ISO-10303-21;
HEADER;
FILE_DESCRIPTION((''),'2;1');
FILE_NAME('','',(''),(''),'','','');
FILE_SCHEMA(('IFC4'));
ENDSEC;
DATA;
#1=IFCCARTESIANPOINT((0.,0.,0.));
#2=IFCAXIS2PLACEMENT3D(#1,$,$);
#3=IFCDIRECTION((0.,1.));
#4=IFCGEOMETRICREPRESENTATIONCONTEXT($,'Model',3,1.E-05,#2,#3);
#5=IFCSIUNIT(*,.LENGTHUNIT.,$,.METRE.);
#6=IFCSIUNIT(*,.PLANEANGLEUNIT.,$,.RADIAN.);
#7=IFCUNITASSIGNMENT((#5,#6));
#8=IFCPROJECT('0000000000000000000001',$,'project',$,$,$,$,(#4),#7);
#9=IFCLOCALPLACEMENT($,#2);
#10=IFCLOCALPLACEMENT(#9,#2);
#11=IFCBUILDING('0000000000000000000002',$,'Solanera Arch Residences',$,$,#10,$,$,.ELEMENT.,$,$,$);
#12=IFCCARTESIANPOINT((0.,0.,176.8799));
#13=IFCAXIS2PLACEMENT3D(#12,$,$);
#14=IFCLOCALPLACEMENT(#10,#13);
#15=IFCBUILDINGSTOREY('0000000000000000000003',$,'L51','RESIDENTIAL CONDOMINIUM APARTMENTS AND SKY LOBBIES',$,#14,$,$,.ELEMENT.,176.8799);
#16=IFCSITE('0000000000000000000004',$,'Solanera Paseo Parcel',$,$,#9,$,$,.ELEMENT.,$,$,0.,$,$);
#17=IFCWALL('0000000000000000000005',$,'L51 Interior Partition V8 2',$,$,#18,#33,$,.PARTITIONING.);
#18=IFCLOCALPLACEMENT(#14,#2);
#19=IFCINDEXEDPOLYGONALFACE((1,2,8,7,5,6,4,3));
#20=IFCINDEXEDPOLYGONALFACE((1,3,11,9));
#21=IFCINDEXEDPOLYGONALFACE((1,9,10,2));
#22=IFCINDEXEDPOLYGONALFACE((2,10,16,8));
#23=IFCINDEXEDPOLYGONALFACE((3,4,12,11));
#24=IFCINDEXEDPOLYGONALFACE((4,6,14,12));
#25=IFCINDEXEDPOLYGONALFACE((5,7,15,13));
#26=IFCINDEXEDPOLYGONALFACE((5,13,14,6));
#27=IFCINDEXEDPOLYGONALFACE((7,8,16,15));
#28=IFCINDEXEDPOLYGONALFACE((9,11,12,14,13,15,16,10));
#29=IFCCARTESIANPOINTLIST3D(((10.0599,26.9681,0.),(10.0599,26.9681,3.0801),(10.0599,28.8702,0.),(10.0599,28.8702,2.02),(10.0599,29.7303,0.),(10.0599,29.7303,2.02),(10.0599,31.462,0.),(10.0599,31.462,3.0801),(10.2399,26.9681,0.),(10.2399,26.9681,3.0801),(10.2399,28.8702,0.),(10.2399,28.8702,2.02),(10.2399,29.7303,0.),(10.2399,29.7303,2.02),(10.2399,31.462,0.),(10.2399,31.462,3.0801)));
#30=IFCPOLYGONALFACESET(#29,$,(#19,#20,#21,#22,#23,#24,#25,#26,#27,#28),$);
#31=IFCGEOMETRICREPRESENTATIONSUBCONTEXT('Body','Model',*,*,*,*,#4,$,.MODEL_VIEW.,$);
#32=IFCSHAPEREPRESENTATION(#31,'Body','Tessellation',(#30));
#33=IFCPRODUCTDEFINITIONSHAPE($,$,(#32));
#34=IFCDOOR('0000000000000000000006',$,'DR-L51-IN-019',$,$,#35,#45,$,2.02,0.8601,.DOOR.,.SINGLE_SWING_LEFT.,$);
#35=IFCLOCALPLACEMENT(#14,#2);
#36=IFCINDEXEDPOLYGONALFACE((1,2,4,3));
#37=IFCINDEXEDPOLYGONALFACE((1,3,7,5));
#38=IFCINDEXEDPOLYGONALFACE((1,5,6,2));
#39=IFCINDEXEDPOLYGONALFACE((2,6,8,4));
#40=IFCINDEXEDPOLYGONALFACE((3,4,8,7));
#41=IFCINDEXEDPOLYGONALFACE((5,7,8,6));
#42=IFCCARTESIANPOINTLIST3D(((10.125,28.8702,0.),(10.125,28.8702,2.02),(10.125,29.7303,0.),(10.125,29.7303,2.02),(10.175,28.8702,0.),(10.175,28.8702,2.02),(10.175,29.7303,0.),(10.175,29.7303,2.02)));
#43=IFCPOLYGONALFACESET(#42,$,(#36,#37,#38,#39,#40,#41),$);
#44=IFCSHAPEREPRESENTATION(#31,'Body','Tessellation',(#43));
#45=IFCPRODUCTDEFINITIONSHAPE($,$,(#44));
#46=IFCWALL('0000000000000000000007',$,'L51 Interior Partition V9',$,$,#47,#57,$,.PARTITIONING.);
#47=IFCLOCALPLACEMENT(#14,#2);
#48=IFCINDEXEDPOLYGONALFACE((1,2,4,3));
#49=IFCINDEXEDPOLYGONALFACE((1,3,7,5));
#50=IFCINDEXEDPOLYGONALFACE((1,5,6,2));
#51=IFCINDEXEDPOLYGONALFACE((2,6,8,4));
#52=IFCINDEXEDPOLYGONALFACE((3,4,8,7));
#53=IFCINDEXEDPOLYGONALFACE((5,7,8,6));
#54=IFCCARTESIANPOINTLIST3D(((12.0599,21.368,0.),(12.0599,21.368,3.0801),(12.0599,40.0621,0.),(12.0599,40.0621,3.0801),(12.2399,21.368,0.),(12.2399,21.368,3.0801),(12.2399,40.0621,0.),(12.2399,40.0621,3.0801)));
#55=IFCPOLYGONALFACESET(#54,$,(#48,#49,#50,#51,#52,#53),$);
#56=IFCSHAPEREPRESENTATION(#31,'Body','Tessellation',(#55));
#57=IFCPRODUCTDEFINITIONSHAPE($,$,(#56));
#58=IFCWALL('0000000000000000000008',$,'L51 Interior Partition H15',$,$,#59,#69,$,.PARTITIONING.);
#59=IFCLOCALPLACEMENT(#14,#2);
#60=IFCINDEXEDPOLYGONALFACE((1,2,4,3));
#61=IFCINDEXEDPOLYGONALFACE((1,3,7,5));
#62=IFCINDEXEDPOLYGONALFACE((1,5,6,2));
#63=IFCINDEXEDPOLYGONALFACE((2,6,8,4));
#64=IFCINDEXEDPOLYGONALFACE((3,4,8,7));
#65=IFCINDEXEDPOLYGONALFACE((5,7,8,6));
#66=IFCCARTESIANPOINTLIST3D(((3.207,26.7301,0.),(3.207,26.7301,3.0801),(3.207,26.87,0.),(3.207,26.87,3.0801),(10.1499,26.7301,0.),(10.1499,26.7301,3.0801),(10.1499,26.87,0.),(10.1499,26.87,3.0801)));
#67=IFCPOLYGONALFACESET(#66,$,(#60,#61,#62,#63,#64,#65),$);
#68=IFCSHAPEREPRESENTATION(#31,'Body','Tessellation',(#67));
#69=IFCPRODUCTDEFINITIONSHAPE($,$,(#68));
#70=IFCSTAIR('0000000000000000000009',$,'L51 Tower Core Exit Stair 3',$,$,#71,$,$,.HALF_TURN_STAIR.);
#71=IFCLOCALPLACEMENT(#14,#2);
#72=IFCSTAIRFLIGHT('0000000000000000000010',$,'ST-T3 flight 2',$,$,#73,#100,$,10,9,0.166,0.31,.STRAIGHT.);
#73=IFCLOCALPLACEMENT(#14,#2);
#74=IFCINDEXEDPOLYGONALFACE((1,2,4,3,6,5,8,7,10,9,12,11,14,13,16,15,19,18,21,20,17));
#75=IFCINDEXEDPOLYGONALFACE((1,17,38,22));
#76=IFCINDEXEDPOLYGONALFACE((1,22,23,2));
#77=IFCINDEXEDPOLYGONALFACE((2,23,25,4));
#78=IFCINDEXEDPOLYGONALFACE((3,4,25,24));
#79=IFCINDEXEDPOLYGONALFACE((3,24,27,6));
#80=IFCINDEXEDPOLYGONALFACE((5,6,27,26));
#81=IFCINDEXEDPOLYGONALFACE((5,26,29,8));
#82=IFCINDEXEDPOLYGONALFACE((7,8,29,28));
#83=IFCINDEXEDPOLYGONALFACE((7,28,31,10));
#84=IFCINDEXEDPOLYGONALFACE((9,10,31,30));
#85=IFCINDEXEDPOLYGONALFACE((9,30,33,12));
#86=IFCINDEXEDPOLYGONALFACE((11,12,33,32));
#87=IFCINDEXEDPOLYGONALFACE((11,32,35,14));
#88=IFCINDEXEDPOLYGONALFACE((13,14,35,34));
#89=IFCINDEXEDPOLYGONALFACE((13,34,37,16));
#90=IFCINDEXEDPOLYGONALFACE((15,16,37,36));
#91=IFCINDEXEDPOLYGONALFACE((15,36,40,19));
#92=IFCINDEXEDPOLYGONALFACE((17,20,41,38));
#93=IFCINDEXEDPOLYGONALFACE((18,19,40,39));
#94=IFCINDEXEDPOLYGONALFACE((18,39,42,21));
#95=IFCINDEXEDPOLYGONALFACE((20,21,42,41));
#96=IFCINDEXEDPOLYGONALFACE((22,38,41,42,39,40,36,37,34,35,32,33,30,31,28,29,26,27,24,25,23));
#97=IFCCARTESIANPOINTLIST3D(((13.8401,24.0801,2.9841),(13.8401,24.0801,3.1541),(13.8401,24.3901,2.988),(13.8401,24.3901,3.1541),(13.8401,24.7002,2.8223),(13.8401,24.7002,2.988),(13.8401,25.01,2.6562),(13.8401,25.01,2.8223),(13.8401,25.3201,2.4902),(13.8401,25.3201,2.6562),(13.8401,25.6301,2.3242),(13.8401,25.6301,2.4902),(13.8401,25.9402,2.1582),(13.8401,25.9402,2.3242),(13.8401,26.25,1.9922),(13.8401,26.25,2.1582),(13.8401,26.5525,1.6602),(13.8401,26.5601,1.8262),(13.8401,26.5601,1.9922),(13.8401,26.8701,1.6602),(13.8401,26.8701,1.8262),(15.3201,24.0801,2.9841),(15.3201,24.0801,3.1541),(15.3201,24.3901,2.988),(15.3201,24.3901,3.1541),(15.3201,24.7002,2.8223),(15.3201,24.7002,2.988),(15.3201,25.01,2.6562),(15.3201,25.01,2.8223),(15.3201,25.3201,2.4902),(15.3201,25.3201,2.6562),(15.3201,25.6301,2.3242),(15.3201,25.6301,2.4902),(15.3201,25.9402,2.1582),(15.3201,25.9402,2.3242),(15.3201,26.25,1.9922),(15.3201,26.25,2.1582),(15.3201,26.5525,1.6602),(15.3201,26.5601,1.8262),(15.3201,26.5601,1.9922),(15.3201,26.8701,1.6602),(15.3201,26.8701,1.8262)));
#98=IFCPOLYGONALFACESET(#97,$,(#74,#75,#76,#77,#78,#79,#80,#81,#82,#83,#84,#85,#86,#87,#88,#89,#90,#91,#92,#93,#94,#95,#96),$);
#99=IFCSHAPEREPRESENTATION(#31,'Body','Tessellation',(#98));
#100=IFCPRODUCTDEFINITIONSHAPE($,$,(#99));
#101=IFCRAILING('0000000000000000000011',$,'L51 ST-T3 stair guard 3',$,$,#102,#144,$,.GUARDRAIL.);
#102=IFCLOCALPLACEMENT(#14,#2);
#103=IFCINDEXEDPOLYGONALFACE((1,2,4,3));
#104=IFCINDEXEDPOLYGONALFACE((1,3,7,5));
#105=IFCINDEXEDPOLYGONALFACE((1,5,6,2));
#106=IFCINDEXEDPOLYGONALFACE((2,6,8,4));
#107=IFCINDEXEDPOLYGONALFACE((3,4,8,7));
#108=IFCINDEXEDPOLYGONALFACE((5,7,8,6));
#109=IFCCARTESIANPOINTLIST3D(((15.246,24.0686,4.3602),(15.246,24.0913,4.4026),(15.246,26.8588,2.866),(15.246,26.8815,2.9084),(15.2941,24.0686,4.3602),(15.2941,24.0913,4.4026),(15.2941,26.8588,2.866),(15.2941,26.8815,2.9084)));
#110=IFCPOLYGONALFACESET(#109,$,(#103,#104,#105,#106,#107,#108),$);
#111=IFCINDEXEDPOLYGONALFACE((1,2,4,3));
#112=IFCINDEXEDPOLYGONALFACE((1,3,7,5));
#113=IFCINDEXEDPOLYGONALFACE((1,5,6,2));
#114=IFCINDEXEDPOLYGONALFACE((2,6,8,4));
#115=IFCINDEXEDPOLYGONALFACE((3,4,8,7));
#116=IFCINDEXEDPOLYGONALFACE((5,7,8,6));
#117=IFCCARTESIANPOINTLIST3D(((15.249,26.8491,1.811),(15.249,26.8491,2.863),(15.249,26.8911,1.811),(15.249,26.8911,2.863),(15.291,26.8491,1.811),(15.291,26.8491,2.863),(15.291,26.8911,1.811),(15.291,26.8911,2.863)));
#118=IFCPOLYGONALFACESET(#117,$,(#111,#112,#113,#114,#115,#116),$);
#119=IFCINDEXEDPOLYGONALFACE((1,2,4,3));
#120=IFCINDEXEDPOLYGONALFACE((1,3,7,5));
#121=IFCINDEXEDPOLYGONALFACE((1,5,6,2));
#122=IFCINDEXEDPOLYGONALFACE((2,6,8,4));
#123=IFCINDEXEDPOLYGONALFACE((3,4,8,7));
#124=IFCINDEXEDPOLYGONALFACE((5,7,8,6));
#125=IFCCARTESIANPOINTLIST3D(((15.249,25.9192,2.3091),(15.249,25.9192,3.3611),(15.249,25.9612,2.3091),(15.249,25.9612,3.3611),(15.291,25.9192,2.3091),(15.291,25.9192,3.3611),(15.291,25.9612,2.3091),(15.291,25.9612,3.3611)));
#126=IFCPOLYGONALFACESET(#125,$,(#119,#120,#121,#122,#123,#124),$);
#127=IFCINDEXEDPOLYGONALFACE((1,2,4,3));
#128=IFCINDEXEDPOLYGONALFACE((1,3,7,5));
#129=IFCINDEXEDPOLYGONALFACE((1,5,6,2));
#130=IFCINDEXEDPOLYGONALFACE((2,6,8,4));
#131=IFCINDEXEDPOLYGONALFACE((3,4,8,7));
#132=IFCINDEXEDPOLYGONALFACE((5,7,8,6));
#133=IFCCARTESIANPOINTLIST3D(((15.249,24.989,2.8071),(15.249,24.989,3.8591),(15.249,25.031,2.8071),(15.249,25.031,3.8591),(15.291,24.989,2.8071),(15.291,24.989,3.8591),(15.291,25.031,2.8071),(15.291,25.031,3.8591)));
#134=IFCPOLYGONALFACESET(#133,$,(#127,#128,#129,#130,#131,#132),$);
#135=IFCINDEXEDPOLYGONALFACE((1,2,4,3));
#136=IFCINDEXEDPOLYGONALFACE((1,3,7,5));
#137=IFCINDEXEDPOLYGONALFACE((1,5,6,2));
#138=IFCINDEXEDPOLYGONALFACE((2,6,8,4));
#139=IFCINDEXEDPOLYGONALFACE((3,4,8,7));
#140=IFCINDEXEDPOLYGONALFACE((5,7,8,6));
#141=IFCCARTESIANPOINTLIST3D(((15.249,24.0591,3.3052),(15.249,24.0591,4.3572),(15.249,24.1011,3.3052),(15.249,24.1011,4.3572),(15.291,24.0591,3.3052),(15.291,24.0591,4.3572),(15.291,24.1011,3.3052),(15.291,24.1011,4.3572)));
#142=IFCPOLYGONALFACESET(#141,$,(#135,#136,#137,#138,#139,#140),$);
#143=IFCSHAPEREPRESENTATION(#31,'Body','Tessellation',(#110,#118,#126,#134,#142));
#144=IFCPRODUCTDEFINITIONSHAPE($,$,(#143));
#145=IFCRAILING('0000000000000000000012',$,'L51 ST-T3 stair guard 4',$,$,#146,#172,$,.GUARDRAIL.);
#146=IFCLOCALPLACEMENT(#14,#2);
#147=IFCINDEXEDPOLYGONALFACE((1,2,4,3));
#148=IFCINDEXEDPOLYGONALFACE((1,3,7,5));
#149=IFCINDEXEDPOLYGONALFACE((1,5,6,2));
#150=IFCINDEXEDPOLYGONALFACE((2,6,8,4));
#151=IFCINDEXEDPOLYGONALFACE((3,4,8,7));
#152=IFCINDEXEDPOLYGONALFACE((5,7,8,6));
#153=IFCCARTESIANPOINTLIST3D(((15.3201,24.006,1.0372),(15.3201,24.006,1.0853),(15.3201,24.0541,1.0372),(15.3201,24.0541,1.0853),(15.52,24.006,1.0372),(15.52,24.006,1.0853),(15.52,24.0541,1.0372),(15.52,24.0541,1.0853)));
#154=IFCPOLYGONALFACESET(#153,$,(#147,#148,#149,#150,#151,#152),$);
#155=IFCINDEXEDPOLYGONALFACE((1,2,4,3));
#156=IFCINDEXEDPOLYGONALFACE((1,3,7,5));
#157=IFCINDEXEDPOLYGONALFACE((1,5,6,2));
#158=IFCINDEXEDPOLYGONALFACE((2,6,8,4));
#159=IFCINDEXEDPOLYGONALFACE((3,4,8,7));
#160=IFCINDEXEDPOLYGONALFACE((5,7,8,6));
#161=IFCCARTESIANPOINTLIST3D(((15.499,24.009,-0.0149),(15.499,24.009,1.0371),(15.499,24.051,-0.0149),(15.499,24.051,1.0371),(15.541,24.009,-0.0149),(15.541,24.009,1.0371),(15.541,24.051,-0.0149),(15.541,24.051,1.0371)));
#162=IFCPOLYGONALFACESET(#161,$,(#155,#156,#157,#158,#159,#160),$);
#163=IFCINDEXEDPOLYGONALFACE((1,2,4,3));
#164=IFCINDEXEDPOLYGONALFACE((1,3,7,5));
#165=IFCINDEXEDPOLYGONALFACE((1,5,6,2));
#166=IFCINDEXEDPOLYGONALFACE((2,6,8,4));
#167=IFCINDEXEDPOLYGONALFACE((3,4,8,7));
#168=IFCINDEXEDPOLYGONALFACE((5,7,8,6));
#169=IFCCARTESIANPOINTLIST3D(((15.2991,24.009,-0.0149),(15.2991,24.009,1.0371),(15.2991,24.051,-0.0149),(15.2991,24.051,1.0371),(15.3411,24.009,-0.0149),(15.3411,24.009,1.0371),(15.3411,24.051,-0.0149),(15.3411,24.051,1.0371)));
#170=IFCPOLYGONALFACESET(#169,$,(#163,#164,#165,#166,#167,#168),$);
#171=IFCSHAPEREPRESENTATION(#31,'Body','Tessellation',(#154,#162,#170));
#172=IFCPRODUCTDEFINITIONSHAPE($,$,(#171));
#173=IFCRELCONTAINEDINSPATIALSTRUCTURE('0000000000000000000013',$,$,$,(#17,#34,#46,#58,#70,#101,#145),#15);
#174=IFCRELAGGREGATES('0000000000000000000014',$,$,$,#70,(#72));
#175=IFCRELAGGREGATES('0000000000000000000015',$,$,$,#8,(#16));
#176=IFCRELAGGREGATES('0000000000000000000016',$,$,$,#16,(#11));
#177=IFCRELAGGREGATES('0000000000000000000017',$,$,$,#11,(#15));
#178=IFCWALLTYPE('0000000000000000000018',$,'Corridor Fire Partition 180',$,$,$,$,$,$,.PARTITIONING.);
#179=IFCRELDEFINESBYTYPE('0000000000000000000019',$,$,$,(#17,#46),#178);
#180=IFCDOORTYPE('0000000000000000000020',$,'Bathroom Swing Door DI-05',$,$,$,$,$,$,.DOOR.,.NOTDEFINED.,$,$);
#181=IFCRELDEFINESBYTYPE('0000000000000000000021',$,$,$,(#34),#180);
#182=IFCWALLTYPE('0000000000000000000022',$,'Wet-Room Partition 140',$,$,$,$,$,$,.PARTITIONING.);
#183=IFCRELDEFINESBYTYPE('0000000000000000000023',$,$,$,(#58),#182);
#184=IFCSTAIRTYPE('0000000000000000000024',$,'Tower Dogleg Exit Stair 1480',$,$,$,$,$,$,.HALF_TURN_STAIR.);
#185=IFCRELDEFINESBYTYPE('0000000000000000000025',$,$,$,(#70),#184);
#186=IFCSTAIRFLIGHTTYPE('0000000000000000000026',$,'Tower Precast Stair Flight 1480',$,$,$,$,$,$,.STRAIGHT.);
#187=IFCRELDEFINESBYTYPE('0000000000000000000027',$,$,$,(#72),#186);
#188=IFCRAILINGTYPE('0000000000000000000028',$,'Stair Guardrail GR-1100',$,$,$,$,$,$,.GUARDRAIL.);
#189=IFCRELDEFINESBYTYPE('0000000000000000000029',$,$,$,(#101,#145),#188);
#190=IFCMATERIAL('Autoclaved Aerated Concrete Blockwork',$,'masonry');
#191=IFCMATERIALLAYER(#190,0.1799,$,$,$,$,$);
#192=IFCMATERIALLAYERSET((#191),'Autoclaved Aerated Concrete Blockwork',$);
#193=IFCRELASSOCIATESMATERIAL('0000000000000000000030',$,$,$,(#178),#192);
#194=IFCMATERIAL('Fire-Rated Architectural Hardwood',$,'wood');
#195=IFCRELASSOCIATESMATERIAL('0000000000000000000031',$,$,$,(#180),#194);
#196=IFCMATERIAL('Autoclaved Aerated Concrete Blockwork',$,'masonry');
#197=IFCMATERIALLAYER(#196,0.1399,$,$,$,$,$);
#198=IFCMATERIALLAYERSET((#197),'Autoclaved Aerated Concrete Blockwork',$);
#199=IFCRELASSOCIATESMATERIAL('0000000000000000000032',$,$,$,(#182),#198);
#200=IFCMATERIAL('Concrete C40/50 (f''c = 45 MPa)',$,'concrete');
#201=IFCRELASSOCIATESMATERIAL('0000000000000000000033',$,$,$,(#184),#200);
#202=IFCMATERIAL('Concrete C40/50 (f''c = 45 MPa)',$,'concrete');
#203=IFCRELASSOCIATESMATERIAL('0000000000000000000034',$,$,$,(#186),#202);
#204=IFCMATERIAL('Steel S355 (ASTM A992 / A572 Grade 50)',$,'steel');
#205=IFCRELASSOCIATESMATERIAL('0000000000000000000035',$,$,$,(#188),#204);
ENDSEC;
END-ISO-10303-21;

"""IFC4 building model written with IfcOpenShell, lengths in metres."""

from ifc_helpers import new_model, si_unit, direction, frame, frame_2d, origin, origin_2d, place, context, subcontext, project, spatial, polyline, rectangle, outline, extrude, material, layer, layer_set, type_object, element, fill, aggregate, save


model = new_model("IFC4")

# Units and contexts
model_context = context("Model", 3, precision=1e-05, world=origin(), true_north=direction((0.0, 1.0)))
body_context = subcontext(model_context, "Body", "Model", "MODEL_VIEW")
ifc_project = project(units=[si_unit("LENGTHUNIT", "METRE"), si_unit("PLANEANGLEUNIT", "RADIAN")], contexts=[model_context])

# Site, building, storey
site_placement = place(None, origin())
site = spatial("IfcSite", under=ifc_project, at=site_placement, Name="Solanera Paseo Parcel", CompositionType="ELEMENT", RefElevation=0.0)
building_placement = place(site_placement, origin())
building = spatial("IfcBuilding", under=site, at=building_placement, Name="Solanera Arch Residences", CompositionType="ELEMENT")
storey_placement = place(building_placement, frame((0.0, 0.0, 176.8799)))
storey = spatial("IfcBuildingStorey", under=building, at=storey_placement, Name="L51", Description="RESIDENTIAL CONDOMINIUM APARTMENTS AND SKY LOBBIES", CompositionType="ELEMENT", Elevation=176.8799)

# Wall, opening, door
ifc_material_1 = material(Name="Autoclaved Aerated Concrete Blockwork", Category="masonry")
ifc_layer_1 = layer(ifc_material_1, 0.1799)
ifc_layer_set_1 = layer_set([ifc_layer_1], Name="Autoclaved Aerated Concrete Blockwork")
wall_type_1 = type_object("IfcWallType", Name="Corridor Fire Partition 180", PredefinedType="PARTITIONING", material=ifc_layer_set_1)
wall_1_placement = place(storey_placement, frame((10.1499, 26.968, 0.0), z_axis=(0.0, 0.0, 1.0), x_axis=(0.0, 1.0, 0.0)))
wall_1 = element("IfcWall", 1, at=wall_1_placement, inside=storey, type_object=wall_type_1, Name="L51 Interior Partition V8 2", PredefinedType="PARTITIONING", context=body_context, shape_type="SweptSolid", body=[
    extrude(rectangle(XDim=4.4939, YDim=0.1799, at=frame_2d((2.2471, 0.0))), origin(), (0.0, 0.0, 1.0), 3.0801),
])
opening_placement = place(wall_1_placement, frame((1.9021, 0.0, 0.0)))
opening = element("IfcOpeningElement", 2, at=opening_placement, cuts=wall_1, PredefinedType="OPENING", context=body_context, shape_type="SweptSolid", body=[
    extrude(rectangle(XDim=0.8601, YDim=2.02, at=frame_2d((0.4302, 1.01))), frame((0.0, 0.1001, 0.0), z_axis=(0.0, -1.0, 0.0), x_axis=(1.0, 0.0, 0.0)), (0.0, 0.0, 1.0), 0.1999),
])
ifc_material_2 = material(Name="Fire-Rated Architectural Hardwood", Category="wood")
door_type = type_object("IfcDoorType", Name="Bathroom Swing Door DI-05", OperationType="NOTDEFINED", PredefinedType="DOOR", material=ifc_material_2)
door_placement = place(opening_placement, origin())
door = element("IfcDoor", 3, at=door_placement, inside=storey, type_object=door_type, Name="DR-L51-IN-019", OperationType="SINGLE_SWING_LEFT", OverallHeight=2.02, OverallWidth=0.8601, PredefinedType="DOOR", context=body_context, shape_type="SweptSolid", body=[
    extrude(rectangle(XDim=0.8601, YDim=2.02, at=frame_2d((0.4302, 1.01))), frame((0.0, 0.0249, 0.0), z_axis=(0.0, -1.0, 0.0), x_axis=(1.0, 0.0, 0.0)), (0.0, 0.0, 1.0), 0.05),
])
fill(opening, door)

# Walls
wall_2_placement = place(storey_placement, frame((12.1499, 21.3679, 0.0), z_axis=(0.0, 0.0, 1.0), x_axis=(0.0, 1.0, 0.0)))
element("IfcWall", 4, at=wall_2_placement, inside=storey, type_object=wall_type_1, Name="L51 Interior Partition V9", PredefinedType="PARTITIONING", context=body_context, shape_type="SweptSolid", body=[
    extrude(rectangle(XDim=18.6941, YDim=0.1799, at=frame_2d((9.3472, 0.0))), origin(), (0.0, 0.0, 1.0), 3.0801),
])
ifc_material_3 = material(Name="Autoclaved Aerated Concrete Blockwork", Category="masonry")
ifc_layer_2 = layer(ifc_material_3, 0.1399)
ifc_layer_set_2 = layer_set([ifc_layer_2], Name="Autoclaved Aerated Concrete Blockwork")
wall_type_2 = type_object("IfcWallType", Name="Wet-Room Partition 140", PredefinedType="PARTITIONING", material=ifc_layer_set_2)
wall_3_placement = place(storey_placement, frame((3.207, 26.8, 0.0), z_axis=(0.0, 0.0, 1.0), x_axis=(1.0, 0.0, 0.0)))
element("IfcWall", 5, at=wall_3_placement, inside=storey, type_object=wall_type_2, Name="L51 Interior Partition H15", PredefinedType="PARTITIONING", context=body_context, shape_type="SweptSolid", body=[
    extrude(rectangle(XDim=6.9429, YDim=0.1399, at=frame_2d((3.4714, 0.0))), origin(), (0.0, 0.0, 1.0), 3.0801),
])

# Stair, stair flight
ifc_material_4 = material(Name="Concrete C40/50 (f'c = 45 MPa)", Category="concrete")
stair_type = type_object("IfcStairType", Name="Tower Dogleg Exit Stair 1480", PredefinedType="HALF_TURN_STAIR", material=ifc_material_4)
stair_placement = place(storey_placement, origin())
stair = element("IfcStair", 6, at=stair_placement, inside=storey, type_object=stair_type, Name="L51 Tower Core Exit Stair 3", PredefinedType="HALF_TURN_STAIR")
ifc_material_5 = material(Name="Concrete C40/50 (f'c = 45 MPa)", Category="concrete")
stair_flight_type = type_object("IfcStairFlightType", Name="Tower Precast Stair Flight 1480", PredefinedType="STRAIGHT", material=ifc_material_5)
stair_flight_placement = place(storey_placement, frame((14.5801, 26.8701, 1.6602), z_axis=(0.0, 0.0, 1.0), x_axis=(0.0, -1.0, 0.0)))
stair_flight = element("IfcStairFlight", 7, at=stair_flight_placement, type_object=stair_flight_type, Name="ST-T3 flight 2", NumberOfRisers=10, NumberOfTreads=9, PredefinedType="STRAIGHT", RiserHeight=0.166, TreadLength=0.31, context=body_context, shape_type="SweptSolid", body=[
    extrude(outline(polyline([(0.0, 0.0), (0.0, 0.166), (0.3101, 0.166), (0.3101, 0.332), (0.6201, 0.332), (0.6201, 0.498), (0.9299, 0.498), (0.9299, 0.6641), (1.24, 0.6641), (1.24, 0.8301), (1.55, 0.8301), (1.55, 0.9961), (1.8601, 0.9961), (1.8601, 1.1621), (2.1699, 1.1621), (2.1699, 1.3279), (2.48, 1.3279), (2.48, 1.4939), (2.79, 1.4939), (2.79, 1.6599), (2.79, 1.324), (0.3176, 0.0), (0.0, 0.0)])), frame((0.0, 0.74, 0.0), z_axis=(0.0, -1.0, 0.0), x_axis=(1.0, 0.0, 0.0)), (0.0, 0.0, 1.0), 1.48),
])
aggregate(stair, [stair_flight])

# Railings
ifc_material_6 = material(Name="Steel S355 (ASTM A992 / A572 Grade 50)", Category="steel")
railing_type_1 = type_object("IfcRailingType", Name="Stair Guardrail GR-1100", PredefinedType="GUARDRAIL", material=ifc_material_6)
railing_1_placement = place(storey_placement, frame((15.27, 26.8701, 1.811)))
element("IfcRailing", 8, at=railing_1_placement, inside=storey, type_object=railing_type_1, Name="L51 ST-T3 stair guard 3", PredefinedType="GUARDRAIL", context=body_context, shape_type="SweptSolid", body=[
    extrude(rectangle(XDim=0.0481, YDim=0.0481, at=origin_2d()), frame((0.0, 0.0, 1.0762), z_axis=(0.0, -0.881549, 0.472093), x_axis=(1.0, 0.0, 0.0)), (0.0, 0.0, 1.0), 3.165),
    extrude(rectangle(XDim=0.042, YDim=0.042, at=origin_2d()), origin(), (0.0, 0.0, 1.0), 1.052),
    extrude(rectangle(XDim=0.042, YDim=0.042, at=origin_2d()), frame((0.0, -0.9299, 0.498)), (0.0, 0.0, 1.0), 1.052),
    extrude(rectangle(XDim=0.042, YDim=0.042, at=origin_2d()), frame((0.0, -1.8601, 0.9961)), (0.0, 0.0, 1.0), 1.052),
    extrude(rectangle(XDim=0.042, YDim=0.042, at=origin_2d()), frame((0.0, -2.79, 1.4941)), (0.0, 0.0, 1.0), 1.052),
])
railing_2_placement = place(storey_placement, frame((15.52, 24.03, -0.0149)))
element("IfcRailing", 9, at=railing_2_placement, inside=storey, type_object=railing_type_1, Name="L51 ST-T3 stair guard 4", PredefinedType="GUARDRAIL", context=body_context, shape_type="SweptSolid", body=[
    extrude(rectangle(XDim=0.0481, YDim=0.0481, at=origin_2d()), frame((0.0, 0.0, 1.0762), z_axis=(-1.0, 0.0, 0.0), x_axis=(0.0, -1.0, 0.0)), (0.0, 0.0, 1.0), 0.2),
    extrude(rectangle(XDim=0.042, YDim=0.042, at=origin_2d()), origin(), (0.0, 0.0, 1.0), 1.052),
    extrude(rectangle(XDim=0.042, YDim=0.042, at=origin_2d()), frame((-0.2, 0.0, 0.0)), (0.0, 0.0, 1.0), 1.052),
])

save(model, "model.ifc")
